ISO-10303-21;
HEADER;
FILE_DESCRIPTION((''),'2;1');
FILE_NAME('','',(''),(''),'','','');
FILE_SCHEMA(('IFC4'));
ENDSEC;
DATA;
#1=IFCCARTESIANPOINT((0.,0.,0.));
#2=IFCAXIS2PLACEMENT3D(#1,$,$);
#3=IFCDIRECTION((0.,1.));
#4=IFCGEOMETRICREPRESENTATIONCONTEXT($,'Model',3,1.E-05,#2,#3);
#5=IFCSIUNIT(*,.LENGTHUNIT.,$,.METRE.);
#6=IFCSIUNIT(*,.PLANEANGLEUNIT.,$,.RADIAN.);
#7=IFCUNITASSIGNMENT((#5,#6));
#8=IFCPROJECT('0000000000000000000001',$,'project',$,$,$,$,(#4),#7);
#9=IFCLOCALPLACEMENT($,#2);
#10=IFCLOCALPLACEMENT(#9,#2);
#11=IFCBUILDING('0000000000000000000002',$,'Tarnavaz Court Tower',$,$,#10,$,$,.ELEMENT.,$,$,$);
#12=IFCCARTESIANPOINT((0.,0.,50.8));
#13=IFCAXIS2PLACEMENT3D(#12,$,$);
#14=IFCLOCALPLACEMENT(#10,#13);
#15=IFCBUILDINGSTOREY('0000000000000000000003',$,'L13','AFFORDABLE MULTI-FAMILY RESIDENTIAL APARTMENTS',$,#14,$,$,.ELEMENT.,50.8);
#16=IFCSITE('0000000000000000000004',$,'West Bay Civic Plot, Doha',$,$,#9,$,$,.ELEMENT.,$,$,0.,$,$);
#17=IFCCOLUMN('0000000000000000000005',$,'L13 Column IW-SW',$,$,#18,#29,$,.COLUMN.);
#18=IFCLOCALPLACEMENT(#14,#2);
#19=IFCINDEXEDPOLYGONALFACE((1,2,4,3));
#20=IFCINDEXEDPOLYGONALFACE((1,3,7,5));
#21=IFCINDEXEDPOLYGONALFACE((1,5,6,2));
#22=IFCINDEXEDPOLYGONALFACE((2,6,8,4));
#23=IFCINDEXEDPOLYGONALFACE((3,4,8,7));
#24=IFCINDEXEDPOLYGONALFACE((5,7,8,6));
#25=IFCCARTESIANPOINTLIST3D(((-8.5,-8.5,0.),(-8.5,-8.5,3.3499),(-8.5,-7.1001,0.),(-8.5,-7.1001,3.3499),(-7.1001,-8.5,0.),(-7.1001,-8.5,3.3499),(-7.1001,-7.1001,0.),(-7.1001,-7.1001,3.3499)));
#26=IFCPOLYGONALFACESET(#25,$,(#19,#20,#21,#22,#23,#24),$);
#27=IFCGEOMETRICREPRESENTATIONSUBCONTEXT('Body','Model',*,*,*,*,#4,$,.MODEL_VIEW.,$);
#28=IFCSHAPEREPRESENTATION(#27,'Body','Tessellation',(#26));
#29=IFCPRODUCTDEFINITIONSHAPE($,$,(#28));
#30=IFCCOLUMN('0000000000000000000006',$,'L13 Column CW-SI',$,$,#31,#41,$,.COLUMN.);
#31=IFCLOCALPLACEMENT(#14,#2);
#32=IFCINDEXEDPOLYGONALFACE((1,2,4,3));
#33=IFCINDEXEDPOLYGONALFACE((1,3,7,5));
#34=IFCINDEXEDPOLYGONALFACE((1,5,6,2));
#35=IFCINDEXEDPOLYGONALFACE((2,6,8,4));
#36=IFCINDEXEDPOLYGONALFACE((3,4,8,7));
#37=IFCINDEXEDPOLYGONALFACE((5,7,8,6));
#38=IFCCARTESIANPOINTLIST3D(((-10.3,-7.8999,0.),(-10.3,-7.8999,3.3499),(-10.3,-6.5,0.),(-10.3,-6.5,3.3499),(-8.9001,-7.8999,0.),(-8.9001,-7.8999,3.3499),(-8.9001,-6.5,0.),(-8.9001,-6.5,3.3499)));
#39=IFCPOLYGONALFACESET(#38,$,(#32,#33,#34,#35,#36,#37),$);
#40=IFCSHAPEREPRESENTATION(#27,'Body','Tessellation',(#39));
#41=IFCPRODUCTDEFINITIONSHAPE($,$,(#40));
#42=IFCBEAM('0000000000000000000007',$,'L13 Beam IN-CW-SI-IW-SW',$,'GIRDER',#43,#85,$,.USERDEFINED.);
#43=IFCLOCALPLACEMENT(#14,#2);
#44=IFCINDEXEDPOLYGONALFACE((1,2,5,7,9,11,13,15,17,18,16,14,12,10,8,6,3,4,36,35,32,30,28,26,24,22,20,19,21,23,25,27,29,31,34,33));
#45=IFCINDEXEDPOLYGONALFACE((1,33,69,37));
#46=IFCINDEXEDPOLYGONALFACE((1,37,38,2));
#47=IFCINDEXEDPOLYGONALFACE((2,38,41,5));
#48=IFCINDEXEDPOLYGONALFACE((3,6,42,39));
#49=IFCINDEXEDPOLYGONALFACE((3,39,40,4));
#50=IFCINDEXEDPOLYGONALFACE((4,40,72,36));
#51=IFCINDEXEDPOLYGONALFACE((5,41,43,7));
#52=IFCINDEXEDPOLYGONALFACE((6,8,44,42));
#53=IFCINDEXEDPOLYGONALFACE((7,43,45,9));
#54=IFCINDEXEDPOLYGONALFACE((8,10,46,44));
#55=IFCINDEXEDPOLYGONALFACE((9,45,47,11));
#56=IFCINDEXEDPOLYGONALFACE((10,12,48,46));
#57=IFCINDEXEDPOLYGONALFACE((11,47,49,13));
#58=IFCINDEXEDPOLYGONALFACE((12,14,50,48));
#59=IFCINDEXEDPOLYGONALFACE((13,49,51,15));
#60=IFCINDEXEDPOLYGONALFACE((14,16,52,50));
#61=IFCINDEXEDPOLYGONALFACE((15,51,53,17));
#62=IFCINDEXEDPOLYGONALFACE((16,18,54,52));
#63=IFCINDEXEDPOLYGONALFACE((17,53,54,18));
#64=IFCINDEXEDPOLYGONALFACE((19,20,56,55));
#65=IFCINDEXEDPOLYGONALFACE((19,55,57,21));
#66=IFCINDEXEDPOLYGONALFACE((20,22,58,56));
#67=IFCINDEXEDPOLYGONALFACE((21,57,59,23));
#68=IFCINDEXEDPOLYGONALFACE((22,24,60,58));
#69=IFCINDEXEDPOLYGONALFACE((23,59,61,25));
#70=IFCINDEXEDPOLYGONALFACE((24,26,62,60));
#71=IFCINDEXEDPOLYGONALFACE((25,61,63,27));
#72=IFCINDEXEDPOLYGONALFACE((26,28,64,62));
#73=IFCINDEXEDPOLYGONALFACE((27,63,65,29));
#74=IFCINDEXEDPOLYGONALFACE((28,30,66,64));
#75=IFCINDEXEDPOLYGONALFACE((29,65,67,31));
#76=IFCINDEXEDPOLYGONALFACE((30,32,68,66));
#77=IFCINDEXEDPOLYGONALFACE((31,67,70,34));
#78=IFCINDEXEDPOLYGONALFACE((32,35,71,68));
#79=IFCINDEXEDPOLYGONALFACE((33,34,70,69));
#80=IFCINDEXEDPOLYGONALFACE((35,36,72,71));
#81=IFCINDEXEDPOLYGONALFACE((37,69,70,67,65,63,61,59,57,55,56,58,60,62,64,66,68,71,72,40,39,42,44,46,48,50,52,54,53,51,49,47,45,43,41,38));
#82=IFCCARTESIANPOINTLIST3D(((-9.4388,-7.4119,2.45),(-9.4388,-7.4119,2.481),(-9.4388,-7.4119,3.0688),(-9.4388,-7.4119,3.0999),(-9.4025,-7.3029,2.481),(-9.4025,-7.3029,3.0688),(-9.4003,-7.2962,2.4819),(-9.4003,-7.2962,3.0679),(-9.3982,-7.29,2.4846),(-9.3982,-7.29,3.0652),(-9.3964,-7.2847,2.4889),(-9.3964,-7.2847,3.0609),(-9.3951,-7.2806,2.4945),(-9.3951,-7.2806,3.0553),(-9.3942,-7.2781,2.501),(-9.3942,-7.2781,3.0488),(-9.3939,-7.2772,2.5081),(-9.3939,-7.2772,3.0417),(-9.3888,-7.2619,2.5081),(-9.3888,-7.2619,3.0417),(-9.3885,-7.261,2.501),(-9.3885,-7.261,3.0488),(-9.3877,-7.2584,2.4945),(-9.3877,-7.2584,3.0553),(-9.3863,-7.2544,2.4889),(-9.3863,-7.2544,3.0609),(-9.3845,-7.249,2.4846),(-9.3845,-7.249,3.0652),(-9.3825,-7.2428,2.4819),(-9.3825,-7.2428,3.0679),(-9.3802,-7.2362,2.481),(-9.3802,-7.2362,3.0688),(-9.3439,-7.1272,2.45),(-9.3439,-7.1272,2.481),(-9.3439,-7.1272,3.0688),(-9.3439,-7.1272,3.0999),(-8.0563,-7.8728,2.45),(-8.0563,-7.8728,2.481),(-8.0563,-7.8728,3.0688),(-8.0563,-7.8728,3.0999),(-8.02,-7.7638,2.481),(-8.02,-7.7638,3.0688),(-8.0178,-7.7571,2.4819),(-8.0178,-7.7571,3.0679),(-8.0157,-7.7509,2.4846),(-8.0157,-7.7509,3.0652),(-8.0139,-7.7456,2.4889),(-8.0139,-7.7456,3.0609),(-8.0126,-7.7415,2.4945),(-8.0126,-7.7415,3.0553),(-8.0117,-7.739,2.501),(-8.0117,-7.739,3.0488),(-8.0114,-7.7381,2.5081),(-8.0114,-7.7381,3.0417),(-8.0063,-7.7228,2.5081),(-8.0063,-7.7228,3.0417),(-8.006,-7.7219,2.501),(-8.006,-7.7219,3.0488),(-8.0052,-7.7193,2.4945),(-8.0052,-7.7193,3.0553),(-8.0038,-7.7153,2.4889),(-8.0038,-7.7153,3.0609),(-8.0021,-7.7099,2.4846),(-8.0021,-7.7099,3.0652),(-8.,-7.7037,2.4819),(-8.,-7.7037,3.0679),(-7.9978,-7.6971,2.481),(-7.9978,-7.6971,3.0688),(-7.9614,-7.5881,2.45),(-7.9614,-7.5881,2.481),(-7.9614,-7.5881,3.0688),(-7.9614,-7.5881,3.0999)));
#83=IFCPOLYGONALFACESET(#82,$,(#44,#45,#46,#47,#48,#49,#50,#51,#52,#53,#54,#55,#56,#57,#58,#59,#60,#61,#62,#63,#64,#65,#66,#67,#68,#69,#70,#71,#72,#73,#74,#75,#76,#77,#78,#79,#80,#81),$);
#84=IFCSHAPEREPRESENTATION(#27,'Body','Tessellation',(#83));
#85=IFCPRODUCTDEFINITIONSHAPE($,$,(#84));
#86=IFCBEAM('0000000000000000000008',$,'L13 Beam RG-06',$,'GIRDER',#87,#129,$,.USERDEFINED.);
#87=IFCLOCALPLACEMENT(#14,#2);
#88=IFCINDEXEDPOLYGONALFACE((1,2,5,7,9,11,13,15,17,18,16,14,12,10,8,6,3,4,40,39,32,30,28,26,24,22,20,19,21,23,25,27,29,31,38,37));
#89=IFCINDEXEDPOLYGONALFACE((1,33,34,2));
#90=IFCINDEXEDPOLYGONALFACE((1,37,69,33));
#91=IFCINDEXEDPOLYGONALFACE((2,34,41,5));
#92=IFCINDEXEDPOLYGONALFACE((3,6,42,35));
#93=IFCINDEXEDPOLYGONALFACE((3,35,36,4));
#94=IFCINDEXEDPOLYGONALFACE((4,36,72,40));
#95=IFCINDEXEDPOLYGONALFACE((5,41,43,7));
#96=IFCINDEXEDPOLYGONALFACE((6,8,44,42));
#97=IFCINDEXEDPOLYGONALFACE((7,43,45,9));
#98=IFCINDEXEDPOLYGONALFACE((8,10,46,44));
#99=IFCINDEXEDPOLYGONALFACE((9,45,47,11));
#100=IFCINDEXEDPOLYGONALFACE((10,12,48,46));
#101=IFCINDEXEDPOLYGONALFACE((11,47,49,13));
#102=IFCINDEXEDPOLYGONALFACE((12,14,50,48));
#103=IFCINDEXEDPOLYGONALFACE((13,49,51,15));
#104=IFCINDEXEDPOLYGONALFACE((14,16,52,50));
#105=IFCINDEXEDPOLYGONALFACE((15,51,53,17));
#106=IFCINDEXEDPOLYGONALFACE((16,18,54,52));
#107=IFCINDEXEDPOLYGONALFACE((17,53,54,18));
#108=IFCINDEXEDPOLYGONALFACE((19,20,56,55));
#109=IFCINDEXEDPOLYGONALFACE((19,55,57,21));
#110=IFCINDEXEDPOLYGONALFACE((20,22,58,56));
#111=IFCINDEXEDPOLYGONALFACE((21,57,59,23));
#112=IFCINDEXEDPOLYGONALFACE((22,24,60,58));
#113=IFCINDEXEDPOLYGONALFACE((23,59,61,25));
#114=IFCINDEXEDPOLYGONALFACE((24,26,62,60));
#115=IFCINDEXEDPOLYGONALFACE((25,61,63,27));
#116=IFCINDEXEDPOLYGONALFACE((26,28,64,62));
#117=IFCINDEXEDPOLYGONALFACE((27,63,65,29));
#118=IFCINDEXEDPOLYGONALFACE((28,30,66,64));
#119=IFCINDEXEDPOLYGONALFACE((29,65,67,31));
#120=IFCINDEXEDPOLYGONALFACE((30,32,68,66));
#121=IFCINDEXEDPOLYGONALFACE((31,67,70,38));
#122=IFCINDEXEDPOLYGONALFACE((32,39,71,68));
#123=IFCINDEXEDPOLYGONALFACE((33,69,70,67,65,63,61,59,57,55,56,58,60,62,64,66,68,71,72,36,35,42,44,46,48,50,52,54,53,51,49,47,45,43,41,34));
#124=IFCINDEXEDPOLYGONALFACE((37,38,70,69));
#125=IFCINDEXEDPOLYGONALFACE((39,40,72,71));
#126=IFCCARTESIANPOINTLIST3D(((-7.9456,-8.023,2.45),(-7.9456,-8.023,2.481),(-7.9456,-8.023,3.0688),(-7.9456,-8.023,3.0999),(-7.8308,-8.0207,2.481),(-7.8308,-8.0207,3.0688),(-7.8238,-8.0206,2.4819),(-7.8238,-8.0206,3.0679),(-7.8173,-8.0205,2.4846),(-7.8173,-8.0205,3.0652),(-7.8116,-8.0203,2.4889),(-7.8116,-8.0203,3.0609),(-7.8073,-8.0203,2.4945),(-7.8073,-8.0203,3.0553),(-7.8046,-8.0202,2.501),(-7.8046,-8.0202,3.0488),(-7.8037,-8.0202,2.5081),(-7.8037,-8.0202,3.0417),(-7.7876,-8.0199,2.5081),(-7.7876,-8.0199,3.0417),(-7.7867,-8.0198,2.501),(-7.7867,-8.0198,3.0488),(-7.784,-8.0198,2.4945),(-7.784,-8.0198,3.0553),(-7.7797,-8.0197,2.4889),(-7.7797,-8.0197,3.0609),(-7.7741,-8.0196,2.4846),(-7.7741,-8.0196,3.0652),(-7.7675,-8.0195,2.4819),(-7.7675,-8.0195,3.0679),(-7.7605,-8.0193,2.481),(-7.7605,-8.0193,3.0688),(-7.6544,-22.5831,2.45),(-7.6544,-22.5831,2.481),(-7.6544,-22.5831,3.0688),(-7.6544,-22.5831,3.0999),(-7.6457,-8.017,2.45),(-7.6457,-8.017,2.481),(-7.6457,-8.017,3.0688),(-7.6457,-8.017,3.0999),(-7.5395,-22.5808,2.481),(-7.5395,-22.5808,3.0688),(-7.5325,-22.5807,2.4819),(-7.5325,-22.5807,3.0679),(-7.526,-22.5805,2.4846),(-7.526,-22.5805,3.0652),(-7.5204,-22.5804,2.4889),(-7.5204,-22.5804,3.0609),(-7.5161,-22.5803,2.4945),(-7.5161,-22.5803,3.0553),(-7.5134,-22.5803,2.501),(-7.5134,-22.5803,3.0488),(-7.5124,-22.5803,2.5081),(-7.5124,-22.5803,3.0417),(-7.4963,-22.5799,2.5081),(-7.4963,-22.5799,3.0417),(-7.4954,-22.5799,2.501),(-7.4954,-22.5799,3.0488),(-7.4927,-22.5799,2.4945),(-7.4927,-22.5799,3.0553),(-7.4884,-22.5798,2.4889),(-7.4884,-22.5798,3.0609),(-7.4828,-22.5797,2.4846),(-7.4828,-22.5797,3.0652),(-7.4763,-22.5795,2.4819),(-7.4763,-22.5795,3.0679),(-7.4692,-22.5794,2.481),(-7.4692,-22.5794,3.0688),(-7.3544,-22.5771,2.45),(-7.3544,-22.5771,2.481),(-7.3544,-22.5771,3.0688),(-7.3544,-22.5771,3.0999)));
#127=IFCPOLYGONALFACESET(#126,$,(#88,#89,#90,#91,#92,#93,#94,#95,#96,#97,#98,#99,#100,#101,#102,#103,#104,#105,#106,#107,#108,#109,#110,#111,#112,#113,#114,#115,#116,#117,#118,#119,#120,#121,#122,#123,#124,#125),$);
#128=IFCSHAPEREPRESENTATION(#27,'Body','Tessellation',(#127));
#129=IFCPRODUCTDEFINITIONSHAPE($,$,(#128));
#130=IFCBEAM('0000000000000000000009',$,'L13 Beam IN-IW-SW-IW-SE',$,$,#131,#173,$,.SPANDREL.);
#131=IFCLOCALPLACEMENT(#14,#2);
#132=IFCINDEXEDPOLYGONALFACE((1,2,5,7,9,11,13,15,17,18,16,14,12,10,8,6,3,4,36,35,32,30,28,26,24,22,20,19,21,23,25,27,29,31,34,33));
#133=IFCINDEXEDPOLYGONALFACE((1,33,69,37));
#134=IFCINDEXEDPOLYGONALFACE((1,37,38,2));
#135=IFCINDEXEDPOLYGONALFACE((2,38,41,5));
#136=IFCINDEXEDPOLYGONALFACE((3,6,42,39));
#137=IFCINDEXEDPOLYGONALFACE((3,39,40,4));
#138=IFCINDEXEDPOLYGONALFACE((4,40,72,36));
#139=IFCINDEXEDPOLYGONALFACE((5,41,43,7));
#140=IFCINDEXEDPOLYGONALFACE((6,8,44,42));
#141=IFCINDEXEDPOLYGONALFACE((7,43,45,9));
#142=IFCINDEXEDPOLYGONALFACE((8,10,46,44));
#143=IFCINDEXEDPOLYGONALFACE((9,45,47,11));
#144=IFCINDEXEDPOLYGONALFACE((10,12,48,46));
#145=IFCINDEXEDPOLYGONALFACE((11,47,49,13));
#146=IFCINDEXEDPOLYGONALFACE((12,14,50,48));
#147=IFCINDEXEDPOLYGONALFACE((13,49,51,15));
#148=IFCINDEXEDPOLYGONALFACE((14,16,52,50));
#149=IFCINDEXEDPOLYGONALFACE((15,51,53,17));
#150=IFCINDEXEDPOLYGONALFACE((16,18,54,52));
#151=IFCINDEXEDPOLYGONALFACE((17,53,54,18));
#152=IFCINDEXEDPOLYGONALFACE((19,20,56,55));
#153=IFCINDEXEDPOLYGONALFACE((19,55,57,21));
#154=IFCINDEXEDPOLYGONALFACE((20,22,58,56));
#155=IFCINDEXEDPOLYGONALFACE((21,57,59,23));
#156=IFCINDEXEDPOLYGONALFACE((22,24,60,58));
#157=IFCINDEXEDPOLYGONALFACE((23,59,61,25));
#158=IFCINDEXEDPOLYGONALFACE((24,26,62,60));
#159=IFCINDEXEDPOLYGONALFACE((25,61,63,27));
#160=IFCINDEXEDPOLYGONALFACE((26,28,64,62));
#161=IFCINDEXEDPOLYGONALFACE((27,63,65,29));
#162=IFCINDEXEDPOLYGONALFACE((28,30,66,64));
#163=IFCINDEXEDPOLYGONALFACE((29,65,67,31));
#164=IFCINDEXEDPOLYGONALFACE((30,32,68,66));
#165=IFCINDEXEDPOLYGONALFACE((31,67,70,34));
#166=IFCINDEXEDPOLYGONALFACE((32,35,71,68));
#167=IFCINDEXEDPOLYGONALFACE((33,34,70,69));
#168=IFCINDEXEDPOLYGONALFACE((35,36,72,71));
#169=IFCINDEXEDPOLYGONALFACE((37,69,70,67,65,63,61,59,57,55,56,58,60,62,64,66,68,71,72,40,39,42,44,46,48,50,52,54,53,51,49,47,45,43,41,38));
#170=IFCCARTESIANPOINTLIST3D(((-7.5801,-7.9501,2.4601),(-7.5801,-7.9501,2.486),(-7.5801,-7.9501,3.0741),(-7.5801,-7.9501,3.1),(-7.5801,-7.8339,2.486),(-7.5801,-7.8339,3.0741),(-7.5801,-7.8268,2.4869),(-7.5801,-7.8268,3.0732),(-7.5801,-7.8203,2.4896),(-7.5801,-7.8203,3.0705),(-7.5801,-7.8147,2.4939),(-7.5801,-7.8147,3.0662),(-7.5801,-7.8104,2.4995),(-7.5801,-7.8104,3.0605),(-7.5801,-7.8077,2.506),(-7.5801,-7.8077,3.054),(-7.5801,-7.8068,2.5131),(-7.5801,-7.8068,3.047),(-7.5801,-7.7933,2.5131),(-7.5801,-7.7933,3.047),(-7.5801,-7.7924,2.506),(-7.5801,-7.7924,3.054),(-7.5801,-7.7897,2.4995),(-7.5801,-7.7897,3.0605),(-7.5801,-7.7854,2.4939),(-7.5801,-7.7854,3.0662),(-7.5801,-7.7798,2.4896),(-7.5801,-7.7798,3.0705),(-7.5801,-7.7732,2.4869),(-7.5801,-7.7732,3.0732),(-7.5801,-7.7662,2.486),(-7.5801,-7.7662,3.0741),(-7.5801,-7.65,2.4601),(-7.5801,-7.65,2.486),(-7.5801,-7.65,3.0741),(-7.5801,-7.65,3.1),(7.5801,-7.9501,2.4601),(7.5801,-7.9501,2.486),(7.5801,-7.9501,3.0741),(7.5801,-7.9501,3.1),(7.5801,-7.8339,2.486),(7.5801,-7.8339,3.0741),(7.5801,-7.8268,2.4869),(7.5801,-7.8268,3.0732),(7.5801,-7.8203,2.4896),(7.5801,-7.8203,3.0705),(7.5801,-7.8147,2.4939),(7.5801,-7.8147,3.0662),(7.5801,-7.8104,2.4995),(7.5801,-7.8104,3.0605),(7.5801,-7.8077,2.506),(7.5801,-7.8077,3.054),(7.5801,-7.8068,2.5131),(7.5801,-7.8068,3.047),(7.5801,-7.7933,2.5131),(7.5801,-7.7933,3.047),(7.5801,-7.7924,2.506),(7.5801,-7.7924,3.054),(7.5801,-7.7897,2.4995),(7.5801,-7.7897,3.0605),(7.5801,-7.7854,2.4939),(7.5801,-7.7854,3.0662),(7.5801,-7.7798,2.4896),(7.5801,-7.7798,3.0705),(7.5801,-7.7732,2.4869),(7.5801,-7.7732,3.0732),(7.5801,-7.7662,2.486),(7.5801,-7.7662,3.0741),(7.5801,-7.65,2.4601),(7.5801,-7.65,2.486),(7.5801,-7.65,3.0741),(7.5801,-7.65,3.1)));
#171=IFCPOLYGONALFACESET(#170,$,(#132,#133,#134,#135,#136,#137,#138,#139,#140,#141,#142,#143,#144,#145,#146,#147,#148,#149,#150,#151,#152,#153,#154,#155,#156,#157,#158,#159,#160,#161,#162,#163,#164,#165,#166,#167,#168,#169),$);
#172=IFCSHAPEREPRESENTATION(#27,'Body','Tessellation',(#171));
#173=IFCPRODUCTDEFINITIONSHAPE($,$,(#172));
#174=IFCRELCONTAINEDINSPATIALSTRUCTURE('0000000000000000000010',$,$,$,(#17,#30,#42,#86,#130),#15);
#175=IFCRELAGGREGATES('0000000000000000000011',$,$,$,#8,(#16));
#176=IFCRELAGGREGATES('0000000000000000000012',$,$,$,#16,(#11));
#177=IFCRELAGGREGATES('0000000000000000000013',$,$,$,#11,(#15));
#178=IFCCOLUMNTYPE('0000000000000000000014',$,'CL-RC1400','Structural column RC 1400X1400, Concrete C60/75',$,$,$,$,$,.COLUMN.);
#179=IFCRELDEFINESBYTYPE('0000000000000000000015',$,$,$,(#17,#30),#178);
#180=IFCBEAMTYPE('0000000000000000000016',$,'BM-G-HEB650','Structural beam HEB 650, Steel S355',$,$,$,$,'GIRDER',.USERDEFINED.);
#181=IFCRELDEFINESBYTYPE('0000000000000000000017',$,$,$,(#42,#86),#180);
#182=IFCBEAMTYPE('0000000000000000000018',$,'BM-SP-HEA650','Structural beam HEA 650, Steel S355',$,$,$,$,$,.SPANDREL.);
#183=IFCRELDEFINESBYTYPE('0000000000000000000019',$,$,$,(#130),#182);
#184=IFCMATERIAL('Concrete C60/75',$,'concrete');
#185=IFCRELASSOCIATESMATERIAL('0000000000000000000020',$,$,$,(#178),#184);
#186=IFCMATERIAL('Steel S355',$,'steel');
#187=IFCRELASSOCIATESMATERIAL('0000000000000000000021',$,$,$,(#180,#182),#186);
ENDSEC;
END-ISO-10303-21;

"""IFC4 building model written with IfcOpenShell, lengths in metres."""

from ifc_helpers import new_model, si_unit, direction, frame, origin, origin_2d, place, context, subcontext, project, spatial, rectangle, i_section, extrude, material, material_profile, profile_set, type_object, element, save


model = new_model("IFC4")

# Units and contexts
model_context = context("Model", 3, precision=1e-05, world=origin(), true_north=direction((0.0, 1.0)))
body_context = subcontext(model_context, "Body", "Model", "MODEL_VIEW")
ifc_project = project(units=[si_unit("LENGTHUNIT", "METRE"), si_unit("PLANEANGLEUNIT", "RADIAN")], contexts=[model_context])

# Site, building, storey
site_placement = place(None, origin())
site = spatial("IfcSite", under=ifc_project, at=site_placement, Name="West Bay Civic Plot, Doha", CompositionType="ELEMENT", RefElevation=0.0)
building_placement = place(site_placement, origin())
building = spatial("IfcBuilding", under=site, at=building_placement, Name="Tarnavaz Court Tower", CompositionType="ELEMENT")
storey_placement = place(building_placement, frame((0.0, 0.0, 50.8)))
storey = spatial("IfcBuildingStorey", under=building, at=storey_placement, Name="L13", Description="AFFORDABLE MULTI-FAMILY RESIDENTIAL APARTMENTS", CompositionType="ELEMENT", Elevation=50.8)

# Columns
ifc_material_1 = material(Name="Concrete C60/75", Category="concrete")
ifc_material_profile_1 = material_profile(ifc_material_1, rectangle(XDim=1.3999, YDim=1.3999, at=origin_2d()), Name="RC 1400X1400")
ifc_profile_set_1 = profile_set([ifc_material_profile_1], Name="Concrete C60/75")
column_type = type_object("IfcColumnType", Name="CL-RC1400", Description="Structural column RC 1400X1400, Concrete C60/75", PredefinedType="COLUMN", material=ifc_profile_set_1)
for number, where, z_axis, x_axis, name in (
    (1, (-7.8, -7.8, 0.0), (0.0, 0.0, 1.0), (1.0, 0.0, 0.0), "L13 Column IW-SW"),
    (2, (-9.6001, -7.2, 0.0), (0.0, 0.0, 1.0), (1.0, 0.0, 0.0), "L13 Column CW-SI"),
):
    element("IfcColumn", number, at=place(storey_placement, frame(where, z_axis=z_axis, x_axis=x_axis)), inside=storey, type_object=column_type, Name=name, PredefinedType="COLUMN", context=body_context, shape_type="SweptSolid", body=[
        extrude(rectangle(XDim=1.3999, YDim=1.3999, at=origin_2d()), origin(), (0.0, 0.0, 1.0), 3.3499),
    ])

# Beams
ifc_material_2 = material(Name="Steel S355", Category="steel")
ifc_material_profile_2 = material_profile(ifc_material_2, i_section(OverallWidth=0.3, OverallDepth=0.6499, WebThickness=0.0161, FlangeThickness=0.031, FilletRadius=0.0271, at=origin_2d()), Name="HEB 650")
ifc_profile_set_2 = profile_set([ifc_material_profile_2], Name="Steel S355")
beam_type_1 = type_object("IfcBeamType", Name="BM-G-HEB650", Description="Structural beam HEB 650, Steel S355", ElementType="GIRDER", PredefinedType="USERDEFINED", material=ifc_profile_set_2)
beam_1_placement = place(storey_placement, frame((-9.3914, -7.2695, 2.7749), z_axis=(0.948667, -0.316278, 0.0), x_axis=(0.316278, 0.948667, 0.0)))
element("IfcBeam", 3, at=beam_1_placement, inside=storey, type_object=beam_type_1, Name="L13 Beam IN-CW-SI-IW-SW", ObjectType="GIRDER", PredefinedType="USERDEFINED", context=body_context, shape_type="SweptSolid", body=[
    extrude(i_section(OverallWidth=0.3, OverallDepth=0.6499, WebThickness=0.0161, FlangeThickness=0.031, FilletRadius=0.0271, at=origin_2d()), origin(), (0.0, 0.0, 1.0), 1.4573),
])
beam_2_placement = place(storey_placement, frame((-7.7957, -8.02, 2.7749), z_axis=(0.02, -0.9998, 0.0), x_axis=(0.9998, 0.02, 0.0)))
element("IfcBeam", 4, at=beam_2_placement, inside=storey, type_object=beam_type_1, Name="L13 Beam RG-06", ObjectType="GIRDER", PredefinedType="USERDEFINED", context=body_context, shape_type="SweptSolid", body=[
    extrude(i_section(OverallWidth=0.3, OverallDepth=0.6499, WebThickness=0.0161, FlangeThickness=0.031, FilletRadius=0.0271, at=origin_2d()), origin(), (0.0, 0.0, 1.0), 14.563),
])
ifc_material_profile_3 = material_profile(ifc_material_2, i_section(OverallWidth=0.3, OverallDepth=0.6399, WebThickness=0.0134, FlangeThickness=0.0259, FilletRadius=0.0271, at=origin_2d()), Name="HEA 650")
ifc_profile_set_3 = profile_set([ifc_material_profile_3], Name="Steel S355")
beam_type_2 = type_object("IfcBeamType", Name="BM-SP-HEA650", Description="Structural beam HEA 650, Steel S355", PredefinedType="SPANDREL", material=ifc_profile_set_3)
for number, where, z_axis, x_axis, name in (
    (5, (-7.5801, -7.8, 2.78), (1.0, 0.0, 0.0), (0.0, 1.0, 0.0), "L13 Beam IN-IW-SW-IW-SE"),
):
    element("IfcBeam", number, at=place(storey_placement, frame(where, z_axis=z_axis, x_axis=x_axis)), inside=storey, type_object=beam_type_2, Name=name, PredefinedType="SPANDREL", context=body_context, shape_type="SweptSolid", body=[
        extrude(i_section(OverallWidth=0.3, OverallDepth=0.6399, WebThickness=0.0134, FlangeThickness=0.0259, FilletRadius=0.0271, at=origin_2d()), origin(), (0.0, 0.0, 1.0), 15.1602),
    ])

save(model, "model.ifc")
